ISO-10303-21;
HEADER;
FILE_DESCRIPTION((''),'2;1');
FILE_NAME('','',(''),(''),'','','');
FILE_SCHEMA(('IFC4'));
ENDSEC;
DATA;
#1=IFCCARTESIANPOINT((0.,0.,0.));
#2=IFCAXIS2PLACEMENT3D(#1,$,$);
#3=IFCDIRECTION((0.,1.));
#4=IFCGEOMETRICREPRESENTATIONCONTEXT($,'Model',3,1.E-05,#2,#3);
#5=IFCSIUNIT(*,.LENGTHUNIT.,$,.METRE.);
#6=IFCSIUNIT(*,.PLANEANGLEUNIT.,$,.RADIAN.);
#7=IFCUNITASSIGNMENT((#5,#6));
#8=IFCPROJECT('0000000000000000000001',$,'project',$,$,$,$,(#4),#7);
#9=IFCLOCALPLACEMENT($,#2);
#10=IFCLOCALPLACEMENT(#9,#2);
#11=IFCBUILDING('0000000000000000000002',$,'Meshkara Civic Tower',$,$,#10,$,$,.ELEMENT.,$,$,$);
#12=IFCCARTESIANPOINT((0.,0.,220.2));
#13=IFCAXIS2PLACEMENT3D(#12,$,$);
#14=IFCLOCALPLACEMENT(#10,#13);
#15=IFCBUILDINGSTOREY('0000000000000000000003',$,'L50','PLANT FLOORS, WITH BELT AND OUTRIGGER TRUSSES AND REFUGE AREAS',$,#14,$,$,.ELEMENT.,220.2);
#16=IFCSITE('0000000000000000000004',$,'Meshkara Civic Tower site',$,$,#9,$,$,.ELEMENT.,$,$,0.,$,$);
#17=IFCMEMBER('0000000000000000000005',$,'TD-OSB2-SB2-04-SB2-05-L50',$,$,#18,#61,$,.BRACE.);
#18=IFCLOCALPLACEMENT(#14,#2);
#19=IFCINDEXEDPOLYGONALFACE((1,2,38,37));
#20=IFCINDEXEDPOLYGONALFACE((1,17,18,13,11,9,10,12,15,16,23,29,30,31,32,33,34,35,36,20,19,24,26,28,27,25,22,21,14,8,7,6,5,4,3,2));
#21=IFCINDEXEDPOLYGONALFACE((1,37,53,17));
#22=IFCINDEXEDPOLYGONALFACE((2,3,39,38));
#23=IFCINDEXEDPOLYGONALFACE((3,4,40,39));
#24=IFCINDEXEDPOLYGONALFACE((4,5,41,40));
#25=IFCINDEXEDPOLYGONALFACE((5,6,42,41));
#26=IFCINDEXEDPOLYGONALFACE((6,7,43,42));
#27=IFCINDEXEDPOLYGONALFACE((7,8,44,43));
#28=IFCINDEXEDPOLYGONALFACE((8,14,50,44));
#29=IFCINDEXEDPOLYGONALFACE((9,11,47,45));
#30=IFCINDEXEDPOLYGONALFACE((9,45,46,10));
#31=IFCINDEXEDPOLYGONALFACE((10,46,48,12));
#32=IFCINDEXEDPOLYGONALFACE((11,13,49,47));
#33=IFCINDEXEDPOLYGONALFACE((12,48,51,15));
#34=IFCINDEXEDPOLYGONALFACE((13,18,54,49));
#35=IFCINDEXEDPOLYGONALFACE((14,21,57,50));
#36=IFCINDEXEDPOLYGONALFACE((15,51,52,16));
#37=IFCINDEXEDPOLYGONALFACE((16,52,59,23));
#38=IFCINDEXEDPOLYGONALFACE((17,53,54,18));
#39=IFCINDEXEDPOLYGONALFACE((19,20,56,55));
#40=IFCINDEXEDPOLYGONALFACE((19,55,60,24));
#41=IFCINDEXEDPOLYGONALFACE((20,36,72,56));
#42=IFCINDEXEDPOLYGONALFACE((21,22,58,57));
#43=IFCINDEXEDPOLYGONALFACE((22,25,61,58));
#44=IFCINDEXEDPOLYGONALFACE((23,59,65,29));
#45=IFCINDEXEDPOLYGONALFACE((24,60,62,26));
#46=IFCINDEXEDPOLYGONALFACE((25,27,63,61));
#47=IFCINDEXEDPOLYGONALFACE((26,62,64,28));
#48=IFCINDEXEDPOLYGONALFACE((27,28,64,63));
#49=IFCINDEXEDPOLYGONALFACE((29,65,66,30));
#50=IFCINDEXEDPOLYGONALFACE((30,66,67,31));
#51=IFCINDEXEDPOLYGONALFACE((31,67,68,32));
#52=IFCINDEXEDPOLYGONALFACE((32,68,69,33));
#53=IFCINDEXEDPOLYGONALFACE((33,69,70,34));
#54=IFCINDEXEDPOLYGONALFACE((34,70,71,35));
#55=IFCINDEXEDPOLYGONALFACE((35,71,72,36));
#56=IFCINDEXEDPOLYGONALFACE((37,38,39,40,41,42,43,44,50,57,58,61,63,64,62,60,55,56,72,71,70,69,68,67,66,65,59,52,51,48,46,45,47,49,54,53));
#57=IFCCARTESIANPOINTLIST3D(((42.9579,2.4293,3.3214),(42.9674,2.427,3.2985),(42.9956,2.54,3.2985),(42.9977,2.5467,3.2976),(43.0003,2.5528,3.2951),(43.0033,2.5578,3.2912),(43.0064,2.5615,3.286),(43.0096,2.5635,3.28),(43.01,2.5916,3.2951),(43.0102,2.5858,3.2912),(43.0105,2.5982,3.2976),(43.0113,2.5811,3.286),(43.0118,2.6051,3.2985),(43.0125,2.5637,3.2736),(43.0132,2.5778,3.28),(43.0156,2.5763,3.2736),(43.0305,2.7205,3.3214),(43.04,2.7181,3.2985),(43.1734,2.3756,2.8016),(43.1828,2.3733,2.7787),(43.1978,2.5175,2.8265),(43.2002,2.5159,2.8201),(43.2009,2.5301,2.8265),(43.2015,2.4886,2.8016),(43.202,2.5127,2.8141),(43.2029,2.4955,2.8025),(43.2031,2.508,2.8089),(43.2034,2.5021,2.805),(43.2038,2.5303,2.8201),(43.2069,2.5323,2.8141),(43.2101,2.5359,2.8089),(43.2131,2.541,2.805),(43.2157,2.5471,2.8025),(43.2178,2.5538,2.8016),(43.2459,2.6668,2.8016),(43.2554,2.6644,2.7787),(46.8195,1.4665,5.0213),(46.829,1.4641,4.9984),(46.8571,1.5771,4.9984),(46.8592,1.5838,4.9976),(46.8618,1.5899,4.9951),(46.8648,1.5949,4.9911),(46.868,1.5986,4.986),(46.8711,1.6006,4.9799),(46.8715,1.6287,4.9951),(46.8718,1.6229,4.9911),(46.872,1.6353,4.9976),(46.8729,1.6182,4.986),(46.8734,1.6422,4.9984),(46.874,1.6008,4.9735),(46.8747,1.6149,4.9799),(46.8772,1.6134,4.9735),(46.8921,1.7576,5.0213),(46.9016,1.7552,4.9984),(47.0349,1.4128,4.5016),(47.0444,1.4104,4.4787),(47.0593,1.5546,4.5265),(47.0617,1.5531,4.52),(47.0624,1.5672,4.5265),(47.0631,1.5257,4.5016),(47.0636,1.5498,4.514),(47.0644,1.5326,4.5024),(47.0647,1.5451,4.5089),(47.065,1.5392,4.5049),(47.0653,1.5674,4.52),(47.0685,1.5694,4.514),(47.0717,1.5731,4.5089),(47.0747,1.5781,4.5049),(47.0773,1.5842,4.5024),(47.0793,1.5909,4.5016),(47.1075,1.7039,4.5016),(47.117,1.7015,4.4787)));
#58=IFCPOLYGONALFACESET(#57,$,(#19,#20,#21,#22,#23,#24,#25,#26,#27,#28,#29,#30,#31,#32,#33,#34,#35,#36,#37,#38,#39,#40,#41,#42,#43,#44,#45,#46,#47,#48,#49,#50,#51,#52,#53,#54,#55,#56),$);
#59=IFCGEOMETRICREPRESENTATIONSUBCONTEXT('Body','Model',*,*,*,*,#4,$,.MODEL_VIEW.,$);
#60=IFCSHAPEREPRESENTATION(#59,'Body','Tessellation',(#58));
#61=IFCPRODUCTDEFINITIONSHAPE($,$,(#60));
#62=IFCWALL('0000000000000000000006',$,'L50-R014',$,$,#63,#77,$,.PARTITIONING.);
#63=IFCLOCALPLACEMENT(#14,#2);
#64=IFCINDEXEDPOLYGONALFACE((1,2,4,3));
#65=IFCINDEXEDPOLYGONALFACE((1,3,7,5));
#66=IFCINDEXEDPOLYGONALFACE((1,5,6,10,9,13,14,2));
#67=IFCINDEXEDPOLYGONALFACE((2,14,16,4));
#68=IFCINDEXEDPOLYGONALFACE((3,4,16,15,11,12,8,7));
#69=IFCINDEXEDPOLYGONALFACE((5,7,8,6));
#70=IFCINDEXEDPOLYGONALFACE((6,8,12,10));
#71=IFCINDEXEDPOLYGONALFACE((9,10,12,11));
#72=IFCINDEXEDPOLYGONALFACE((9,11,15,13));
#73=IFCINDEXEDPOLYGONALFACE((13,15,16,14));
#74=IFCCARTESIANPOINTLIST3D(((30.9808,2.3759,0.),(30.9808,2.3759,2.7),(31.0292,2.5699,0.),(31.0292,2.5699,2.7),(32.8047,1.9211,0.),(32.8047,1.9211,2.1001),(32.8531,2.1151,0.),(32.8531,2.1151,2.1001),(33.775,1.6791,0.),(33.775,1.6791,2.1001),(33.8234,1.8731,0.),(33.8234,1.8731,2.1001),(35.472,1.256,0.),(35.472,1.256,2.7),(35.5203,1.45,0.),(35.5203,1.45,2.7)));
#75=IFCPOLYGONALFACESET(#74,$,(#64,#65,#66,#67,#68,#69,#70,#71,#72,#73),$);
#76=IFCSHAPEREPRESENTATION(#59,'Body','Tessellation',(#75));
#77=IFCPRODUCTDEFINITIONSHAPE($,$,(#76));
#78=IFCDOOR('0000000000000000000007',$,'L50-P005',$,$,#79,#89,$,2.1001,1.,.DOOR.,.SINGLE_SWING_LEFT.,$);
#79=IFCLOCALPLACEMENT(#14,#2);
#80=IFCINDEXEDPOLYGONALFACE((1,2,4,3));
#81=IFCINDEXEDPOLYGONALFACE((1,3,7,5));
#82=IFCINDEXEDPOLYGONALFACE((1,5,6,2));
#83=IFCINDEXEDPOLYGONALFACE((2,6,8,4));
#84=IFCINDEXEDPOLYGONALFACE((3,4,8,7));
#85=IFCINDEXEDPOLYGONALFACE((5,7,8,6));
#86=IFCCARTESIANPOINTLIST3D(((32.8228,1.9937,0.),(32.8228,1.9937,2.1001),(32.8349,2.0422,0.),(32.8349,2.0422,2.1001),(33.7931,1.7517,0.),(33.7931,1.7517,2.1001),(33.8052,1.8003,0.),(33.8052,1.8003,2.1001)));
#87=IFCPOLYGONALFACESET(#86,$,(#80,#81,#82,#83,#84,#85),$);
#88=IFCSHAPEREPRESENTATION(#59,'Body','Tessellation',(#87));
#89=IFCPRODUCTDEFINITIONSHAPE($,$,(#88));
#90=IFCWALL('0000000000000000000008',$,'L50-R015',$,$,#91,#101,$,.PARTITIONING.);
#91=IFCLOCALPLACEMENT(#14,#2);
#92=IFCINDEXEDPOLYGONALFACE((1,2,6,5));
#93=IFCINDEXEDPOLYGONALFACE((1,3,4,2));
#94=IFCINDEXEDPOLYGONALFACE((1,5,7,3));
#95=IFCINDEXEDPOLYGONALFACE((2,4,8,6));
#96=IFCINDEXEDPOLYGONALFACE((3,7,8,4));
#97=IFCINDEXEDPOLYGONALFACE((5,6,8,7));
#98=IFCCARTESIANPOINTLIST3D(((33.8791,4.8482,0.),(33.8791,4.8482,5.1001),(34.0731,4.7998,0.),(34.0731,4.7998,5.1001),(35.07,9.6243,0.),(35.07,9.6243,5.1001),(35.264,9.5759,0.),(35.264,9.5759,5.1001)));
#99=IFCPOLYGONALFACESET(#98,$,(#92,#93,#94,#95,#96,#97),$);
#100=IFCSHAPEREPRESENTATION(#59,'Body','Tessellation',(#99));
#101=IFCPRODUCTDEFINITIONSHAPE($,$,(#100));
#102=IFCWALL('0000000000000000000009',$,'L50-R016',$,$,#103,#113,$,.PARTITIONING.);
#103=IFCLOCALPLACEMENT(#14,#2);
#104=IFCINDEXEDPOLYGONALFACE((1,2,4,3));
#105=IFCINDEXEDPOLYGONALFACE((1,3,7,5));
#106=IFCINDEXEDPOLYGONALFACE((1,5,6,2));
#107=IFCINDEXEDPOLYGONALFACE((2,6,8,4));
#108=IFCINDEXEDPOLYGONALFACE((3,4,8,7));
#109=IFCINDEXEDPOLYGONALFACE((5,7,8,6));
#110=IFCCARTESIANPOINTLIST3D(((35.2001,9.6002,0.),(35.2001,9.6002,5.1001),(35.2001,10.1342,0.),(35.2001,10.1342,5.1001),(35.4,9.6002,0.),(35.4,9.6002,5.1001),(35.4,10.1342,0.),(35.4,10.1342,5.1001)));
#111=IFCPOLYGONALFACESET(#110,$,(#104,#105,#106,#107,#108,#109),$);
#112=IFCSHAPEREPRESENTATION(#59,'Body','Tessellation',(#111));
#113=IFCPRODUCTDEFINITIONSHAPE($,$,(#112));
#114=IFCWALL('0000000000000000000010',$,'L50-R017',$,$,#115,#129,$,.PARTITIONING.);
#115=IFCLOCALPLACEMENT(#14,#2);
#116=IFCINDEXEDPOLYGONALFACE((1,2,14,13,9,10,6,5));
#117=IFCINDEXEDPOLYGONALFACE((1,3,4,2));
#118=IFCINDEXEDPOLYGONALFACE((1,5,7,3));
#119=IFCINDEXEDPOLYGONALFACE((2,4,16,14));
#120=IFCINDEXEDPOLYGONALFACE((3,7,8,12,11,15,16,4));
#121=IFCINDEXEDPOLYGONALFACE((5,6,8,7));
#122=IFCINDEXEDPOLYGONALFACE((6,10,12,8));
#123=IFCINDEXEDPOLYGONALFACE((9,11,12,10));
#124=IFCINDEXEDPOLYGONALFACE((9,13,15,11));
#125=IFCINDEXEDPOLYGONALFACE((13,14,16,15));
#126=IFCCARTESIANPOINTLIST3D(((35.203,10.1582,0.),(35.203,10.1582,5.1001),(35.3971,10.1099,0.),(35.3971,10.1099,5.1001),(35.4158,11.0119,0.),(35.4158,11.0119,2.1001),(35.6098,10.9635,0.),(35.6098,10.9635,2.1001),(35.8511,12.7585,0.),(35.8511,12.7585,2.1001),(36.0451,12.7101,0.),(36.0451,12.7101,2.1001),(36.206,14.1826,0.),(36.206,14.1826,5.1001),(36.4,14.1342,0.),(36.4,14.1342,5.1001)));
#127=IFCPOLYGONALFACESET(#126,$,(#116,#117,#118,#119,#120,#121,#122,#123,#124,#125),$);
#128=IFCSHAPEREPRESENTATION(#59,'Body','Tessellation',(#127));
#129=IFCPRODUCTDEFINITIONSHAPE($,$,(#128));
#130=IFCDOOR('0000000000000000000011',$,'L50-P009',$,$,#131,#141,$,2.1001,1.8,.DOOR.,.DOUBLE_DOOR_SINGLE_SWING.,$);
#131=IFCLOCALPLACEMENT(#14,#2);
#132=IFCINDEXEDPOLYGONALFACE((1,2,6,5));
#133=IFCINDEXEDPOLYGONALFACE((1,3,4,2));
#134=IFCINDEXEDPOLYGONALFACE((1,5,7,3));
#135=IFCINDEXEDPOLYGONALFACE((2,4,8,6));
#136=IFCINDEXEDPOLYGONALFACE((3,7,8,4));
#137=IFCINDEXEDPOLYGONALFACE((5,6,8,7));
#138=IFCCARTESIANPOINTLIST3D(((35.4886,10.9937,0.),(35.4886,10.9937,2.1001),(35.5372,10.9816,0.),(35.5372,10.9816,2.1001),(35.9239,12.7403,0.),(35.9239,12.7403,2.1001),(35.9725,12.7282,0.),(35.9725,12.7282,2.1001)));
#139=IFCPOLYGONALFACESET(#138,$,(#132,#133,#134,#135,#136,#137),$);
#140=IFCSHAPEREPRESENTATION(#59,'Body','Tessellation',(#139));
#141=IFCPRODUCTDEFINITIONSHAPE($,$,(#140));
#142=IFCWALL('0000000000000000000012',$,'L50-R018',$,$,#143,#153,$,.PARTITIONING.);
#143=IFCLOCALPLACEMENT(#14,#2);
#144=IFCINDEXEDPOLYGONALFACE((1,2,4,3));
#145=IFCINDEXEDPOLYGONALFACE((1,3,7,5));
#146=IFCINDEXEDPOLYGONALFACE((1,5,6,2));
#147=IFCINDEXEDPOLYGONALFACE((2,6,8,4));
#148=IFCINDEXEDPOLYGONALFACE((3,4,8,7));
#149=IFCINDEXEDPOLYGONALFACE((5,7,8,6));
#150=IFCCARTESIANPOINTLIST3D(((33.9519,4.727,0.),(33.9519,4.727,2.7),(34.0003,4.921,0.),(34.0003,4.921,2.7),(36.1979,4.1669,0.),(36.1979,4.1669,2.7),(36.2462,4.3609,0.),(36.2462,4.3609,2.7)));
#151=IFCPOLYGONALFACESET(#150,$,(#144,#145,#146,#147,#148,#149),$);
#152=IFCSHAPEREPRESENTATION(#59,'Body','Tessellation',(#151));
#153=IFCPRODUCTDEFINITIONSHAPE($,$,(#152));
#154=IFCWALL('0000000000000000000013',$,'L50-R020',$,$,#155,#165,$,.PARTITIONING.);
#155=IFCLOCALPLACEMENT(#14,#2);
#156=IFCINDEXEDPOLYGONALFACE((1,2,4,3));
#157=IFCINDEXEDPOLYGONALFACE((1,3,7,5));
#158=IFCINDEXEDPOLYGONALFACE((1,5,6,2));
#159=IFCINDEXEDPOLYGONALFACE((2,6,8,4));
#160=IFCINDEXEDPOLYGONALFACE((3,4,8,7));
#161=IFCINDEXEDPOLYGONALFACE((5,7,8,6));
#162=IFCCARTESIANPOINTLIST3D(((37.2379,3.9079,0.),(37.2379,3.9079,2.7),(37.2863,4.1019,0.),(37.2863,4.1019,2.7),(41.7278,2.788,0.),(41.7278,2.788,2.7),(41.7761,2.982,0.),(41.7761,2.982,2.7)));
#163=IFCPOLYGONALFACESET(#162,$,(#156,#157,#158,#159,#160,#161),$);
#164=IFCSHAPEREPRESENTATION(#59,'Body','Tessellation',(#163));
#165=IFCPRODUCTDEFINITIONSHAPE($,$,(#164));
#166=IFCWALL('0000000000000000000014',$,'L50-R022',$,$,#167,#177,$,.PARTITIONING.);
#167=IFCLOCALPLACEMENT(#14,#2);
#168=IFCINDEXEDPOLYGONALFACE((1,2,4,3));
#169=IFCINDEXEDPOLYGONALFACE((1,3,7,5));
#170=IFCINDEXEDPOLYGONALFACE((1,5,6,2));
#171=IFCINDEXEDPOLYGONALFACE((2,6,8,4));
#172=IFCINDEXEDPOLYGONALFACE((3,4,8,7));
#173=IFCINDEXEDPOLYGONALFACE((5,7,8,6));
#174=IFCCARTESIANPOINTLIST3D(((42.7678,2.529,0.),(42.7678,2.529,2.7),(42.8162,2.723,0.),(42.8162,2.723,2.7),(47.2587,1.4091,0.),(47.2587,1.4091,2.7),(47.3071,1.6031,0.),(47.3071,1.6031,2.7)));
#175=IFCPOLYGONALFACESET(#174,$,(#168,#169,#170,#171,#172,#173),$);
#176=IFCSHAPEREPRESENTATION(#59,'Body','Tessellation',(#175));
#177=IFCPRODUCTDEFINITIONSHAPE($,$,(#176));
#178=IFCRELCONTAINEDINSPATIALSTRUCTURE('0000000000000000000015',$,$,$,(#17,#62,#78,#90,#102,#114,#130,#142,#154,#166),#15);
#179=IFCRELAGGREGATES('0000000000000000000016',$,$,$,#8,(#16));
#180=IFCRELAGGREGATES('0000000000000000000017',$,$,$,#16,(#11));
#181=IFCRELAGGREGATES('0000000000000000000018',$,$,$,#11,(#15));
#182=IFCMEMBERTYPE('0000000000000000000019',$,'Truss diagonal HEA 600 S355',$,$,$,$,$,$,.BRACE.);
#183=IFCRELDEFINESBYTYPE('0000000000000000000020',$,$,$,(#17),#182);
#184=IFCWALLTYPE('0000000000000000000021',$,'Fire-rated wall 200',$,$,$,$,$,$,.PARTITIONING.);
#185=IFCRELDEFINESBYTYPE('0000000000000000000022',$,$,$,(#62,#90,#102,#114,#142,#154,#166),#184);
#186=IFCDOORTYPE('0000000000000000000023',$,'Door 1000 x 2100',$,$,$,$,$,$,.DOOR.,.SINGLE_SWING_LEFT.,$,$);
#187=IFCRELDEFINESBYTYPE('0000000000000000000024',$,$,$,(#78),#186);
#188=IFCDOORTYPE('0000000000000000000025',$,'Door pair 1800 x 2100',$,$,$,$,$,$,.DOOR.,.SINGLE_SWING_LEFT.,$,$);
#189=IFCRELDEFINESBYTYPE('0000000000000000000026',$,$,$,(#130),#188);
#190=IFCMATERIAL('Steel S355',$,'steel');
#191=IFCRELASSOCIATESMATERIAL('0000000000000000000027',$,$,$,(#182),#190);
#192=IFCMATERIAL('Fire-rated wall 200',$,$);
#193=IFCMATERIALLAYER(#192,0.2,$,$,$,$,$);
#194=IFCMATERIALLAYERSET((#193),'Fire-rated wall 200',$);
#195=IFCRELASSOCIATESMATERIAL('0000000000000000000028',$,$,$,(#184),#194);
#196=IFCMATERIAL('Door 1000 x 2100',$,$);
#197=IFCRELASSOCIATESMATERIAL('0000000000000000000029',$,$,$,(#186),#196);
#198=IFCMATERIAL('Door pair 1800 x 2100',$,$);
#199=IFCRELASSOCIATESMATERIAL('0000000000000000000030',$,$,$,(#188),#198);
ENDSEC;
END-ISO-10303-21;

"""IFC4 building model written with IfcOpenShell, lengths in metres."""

from ifc_helpers import new_model, si_unit, direction, frame, frame_2d, origin, origin_2d, place, context, subcontext, project, spatial, rectangle, i_section, extrude, material, layer, layer_set, material_profile, profile_set, type_object, element, fill, save


model = new_model("IFC4")

# Units and contexts
model_context = context("Model", 3, precision=1e-05, world=origin(), true_north=direction((0.0, 1.0)))
body_context = subcontext(model_context, "Body", "Model", "MODEL_VIEW")
ifc_project = project(units=[si_unit("LENGTHUNIT", "METRE"), si_unit("PLANEANGLEUNIT", "RADIAN")], contexts=[model_context])

# Site, building, storey
site_placement = place(None, origin())
site = spatial("IfcSite", under=ifc_project, at=site_placement, Name="Meshkara Civic Tower site", CompositionType="ELEMENT", RefElevation=0.0)
building_placement = place(site_placement, origin())
building = spatial("IfcBuilding", under=site, at=building_placement, Name="Meshkara Civic Tower", CompositionType="ELEMENT")
storey_placement = place(building_placement, frame((0.0, 0.0, 220.2)))
storey = spatial("IfcBuildingStorey", under=building, at=storey_placement, Name="L50", Description="PLANT FLOORS, WITH BELT AND OUTRIGGER TRUSSES AND REFUGE AREAS", CompositionType="ELEMENT", Elevation=220.2)

# Member
ifc_material_1 = material(Name="Steel S355", Category="steel")
ifc_material_profile_1 = material_profile(ifc_material_1, i_section(OverallWidth=0.3, OverallDepth=0.5901, WebThickness=0.0129, FlangeThickness=0.0249, FilletRadius=0.0271, at=origin_2d()))
ifc_profile_set_1 = profile_set([ifc_material_profile_1], Name="Steel S355")
member_type = type_object("IfcMemberType", Name="Truss diagonal HEA 600 S355", PredefinedType="BRACE", material=ifc_profile_set_1)
member_1_placement = place(storey_placement, frame((43.1067, 2.5469, 3.05), z_axis=(0.892298, -0.222496, 0.39281), x_axis=(0.241944, 0.97029, 0.0)))
element("IfcMember", 1, at=member_1_placement, inside=storey, type_object=member_type, Name="TD-OSB2-SB2-04-SB2-05-L50", PredefinedType="BRACE", context=body_context, shape_type="SweptSolid", body=[
    extrude(i_section(OverallWidth=0.3, OverallDepth=0.5901, WebThickness=0.0129, FlangeThickness=0.0249, FilletRadius=0.0271, at=origin_2d()), origin(), (0.0, 0.0, 1.0), 4.3276),
])

# Wall, opening, door
ifc_material_2 = material(Name="Fire-rated wall 200")
ifc_layer = layer(ifc_material_2, 0.2)
ifc_layer_set = layer_set([ifc_layer], Name="Fire-rated wall 200")
wall_type = type_object("IfcWallType", Name="Fire-rated wall 200", PredefinedType="PARTITIONING", material=ifc_layer_set)
wall_1_placement = place(storey_placement, frame((31.0049, 2.4729, 0.0), z_axis=(0.0, 0.0, 1.0), x_axis=(0.970291, -0.24194, 0.0)))
wall_1 = element("IfcWall", 2, at=wall_1_placement, inside=storey, type_object=wall_type, Name="L50-R014", PredefinedType="PARTITIONING", context=body_context, shape_type="SweptSolid", body=[
    extrude(rectangle(XDim=4.6287, YDim=0.2, at=frame_2d((2.3145, 0.0))), origin(), (0.0, 0.0, 1.0), 2.7),
])
opening_1_placement = place(wall_1_placement, frame((1.8799, 0.0, 0.0)))
opening_1 = element("IfcOpeningElement", 3, at=opening_1_placement, cuts=wall_1, PredefinedType="OPENING", context=body_context, shape_type="SweptSolid", body=[
    extrude(rectangle(XDim=1.0, YDim=2.1001, at=frame_2d((0.5, 1.05))), frame((0.0, 0.1099, 0.0), z_axis=(0.0, -1.0, 0.0), x_axis=(1.0, 0.0, 0.0)), (0.0, 0.0, 1.0), 0.22),
])
ifc_material_3 = material(Name="Door 1000 x 2100")
door_type_1 = type_object("IfcDoorType", Name="Door 1000 x 2100", OperationType="SINGLE_SWING_LEFT", PredefinedType="DOOR", material=ifc_material_3)
door_1_placement = place(opening_1_placement, origin())
door_1 = element("IfcDoor", 4, at=door_1_placement, inside=storey, type_object=door_type_1, Name="L50-P005", OperationType="SINGLE_SWING_LEFT", OverallHeight=2.1001, OverallWidth=1.0, PredefinedType="DOOR", context=body_context, shape_type="SweptSolid", body=[
    extrude(rectangle(XDim=1.0, YDim=2.1001, at=frame_2d((0.5, 1.05))), frame((0.0, 0.0249, 0.0), z_axis=(0.0, -1.0, 0.0), x_axis=(1.0, 0.0, 0.0)), (0.0, 0.0, 1.0), 0.05),
])
fill(opening_1, door_1)

# Walls
wall_2_placement = place(storey_placement, frame((33.9761, 4.824, 0.0), z_axis=(0.0, 0.0, 1.0), x_axis=(0.24194, 0.970291, 0.0)))
element("IfcWall", 5, at=wall_2_placement, inside=storey, type_object=wall_type, Name="L50-R015", PredefinedType="PARTITIONING", context=body_context, shape_type="SweptSolid", body=[
    extrude(rectangle(XDim=4.9224, YDim=0.2, at=frame_2d((2.4612, 0.0))), origin(), (0.0, 0.0, 1.0), 5.1001),
])
wall_3_placement = place(storey_placement, frame((35.3, 9.6001, 0.0), z_axis=(0.0, 0.0, 1.0), x_axis=(0.0, 1.0, 0.0)))
element("IfcWall", 6, at=wall_3_placement, inside=storey, type_object=wall_type, Name="L50-R016", PredefinedType="PARTITIONING", context=body_context, shape_type="SweptSolid", body=[
    extrude(rectangle(XDim=0.5339, YDim=0.2, at=frame_2d((0.2671, 0.0))), origin(), (0.0, 0.0, 1.0), 5.1001),
])

# Wall, opening, door
wall_4_placement = place(storey_placement, frame((35.3, 10.134, 0.0), z_axis=(0.0, 0.0, 1.0), x_axis=(0.241815, 0.970322, 0.0)))
wall_4 = element("IfcWall", 7, at=wall_4_placement, inside=storey, type_object=wall_type, Name="L50-R017", PredefinedType="PARTITIONING", context=body_context, shape_type="SweptSolid", body=[
    extrude(rectangle(XDim=4.1475, YDim=0.2, at=frame_2d((2.0737, 0.0))), origin(), (0.0, 0.0, 1.0), 5.1001),
])
opening_2_placement = place(wall_4_placement, frame((0.8799, 0.0, 0.0)))
opening_2 = element("IfcOpeningElement", 8, at=opening_2_placement, cuts=wall_4, PredefinedType="OPENING", context=body_context, shape_type="SweptSolid", body=[
    extrude(rectangle(XDim=1.8, YDim=2.1001, at=frame_2d((0.8999, 1.05))), frame((0.0, 0.1099, 0.0), z_axis=(0.0, -1.0, 0.0), x_axis=(1.0, 0.0, 0.0)), (0.0, 0.0, 1.0), 0.22),
])
ifc_material_4 = material(Name="Door pair 1800 x 2100")
door_type_2 = type_object("IfcDoorType", Name="Door pair 1800 x 2100", OperationType="SINGLE_SWING_LEFT", PredefinedType="DOOR", material=ifc_material_4)
door_2_placement = place(opening_2_placement, origin())
door_2 = element("IfcDoor", 9, at=door_2_placement, inside=storey, type_object=door_type_2, Name="L50-P009", OperationType="DOUBLE_DOOR_SINGLE_SWING", OverallHeight=2.1001, OverallWidth=1.8, PredefinedType="DOOR", context=body_context, shape_type="SweptSolid", body=[
    extrude(rectangle(XDim=1.8, YDim=2.1001, at=frame_2d((0.8999, 1.05))), frame((0.0, 0.0249, 0.0), z_axis=(0.0, -1.0, 0.0), x_axis=(1.0, 0.0, 0.0)), (0.0, 0.0, 1.0), 0.05),
])
fill(opening_2, door_2)

# Walls
wall_5_placement = place(storey_placement, frame((36.2219, 4.2639, 0.0), z_axis=(0.0, 0.0, 1.0), x_axis=(-0.970285, 0.241965, 0.0)))
element("IfcWall", 10, at=wall_5_placement, inside=storey, type_object=wall_type, Name="L50-R018", PredefinedType="PARTITIONING", context=body_context, shape_type="SweptSolid", body=[
    extrude(rectangle(XDim=2.3147, YDim=0.2, at=frame_2d((1.1572, 0.0))), origin(), (0.0, 0.0, 1.0), 2.7),
])
wall_6_placement = place(storey_placement, frame((41.752, 2.885, 0.0), z_axis=(0.0, 0.0, 1.0), x_axis=(-0.970276, 0.242002, 0.0)))
element("IfcWall", 11, at=wall_6_placement, inside=storey, type_object=wall_type, Name="L50-R020", PredefinedType="PARTITIONING", context=body_context, shape_type="SweptSolid", body=[
    extrude(rectangle(XDim=4.6274, YDim=0.2, at=frame_2d((2.3137, 0.0))), origin(), (0.0, 0.0, 1.0), 2.7),
])
wall_7_placement = place(storey_placement, frame((42.792, 2.626, 0.0), z_axis=(0.0, 0.0, 1.0), x_axis=(0.970288, -0.241952, 0.0)))
element("IfcWall", 12, at=wall_7_placement, inside=storey, type_object=wall_type, Name="L50-R022", PredefinedType="PARTITIONING", context=body_context, shape_type="SweptSolid", body=[
    extrude(rectangle(XDim=4.6284, YDim=0.2, at=frame_2d((2.3142, 0.0))), origin(), (0.0, 0.0, 1.0), 2.7),
])

save(model, "model.ifc")
